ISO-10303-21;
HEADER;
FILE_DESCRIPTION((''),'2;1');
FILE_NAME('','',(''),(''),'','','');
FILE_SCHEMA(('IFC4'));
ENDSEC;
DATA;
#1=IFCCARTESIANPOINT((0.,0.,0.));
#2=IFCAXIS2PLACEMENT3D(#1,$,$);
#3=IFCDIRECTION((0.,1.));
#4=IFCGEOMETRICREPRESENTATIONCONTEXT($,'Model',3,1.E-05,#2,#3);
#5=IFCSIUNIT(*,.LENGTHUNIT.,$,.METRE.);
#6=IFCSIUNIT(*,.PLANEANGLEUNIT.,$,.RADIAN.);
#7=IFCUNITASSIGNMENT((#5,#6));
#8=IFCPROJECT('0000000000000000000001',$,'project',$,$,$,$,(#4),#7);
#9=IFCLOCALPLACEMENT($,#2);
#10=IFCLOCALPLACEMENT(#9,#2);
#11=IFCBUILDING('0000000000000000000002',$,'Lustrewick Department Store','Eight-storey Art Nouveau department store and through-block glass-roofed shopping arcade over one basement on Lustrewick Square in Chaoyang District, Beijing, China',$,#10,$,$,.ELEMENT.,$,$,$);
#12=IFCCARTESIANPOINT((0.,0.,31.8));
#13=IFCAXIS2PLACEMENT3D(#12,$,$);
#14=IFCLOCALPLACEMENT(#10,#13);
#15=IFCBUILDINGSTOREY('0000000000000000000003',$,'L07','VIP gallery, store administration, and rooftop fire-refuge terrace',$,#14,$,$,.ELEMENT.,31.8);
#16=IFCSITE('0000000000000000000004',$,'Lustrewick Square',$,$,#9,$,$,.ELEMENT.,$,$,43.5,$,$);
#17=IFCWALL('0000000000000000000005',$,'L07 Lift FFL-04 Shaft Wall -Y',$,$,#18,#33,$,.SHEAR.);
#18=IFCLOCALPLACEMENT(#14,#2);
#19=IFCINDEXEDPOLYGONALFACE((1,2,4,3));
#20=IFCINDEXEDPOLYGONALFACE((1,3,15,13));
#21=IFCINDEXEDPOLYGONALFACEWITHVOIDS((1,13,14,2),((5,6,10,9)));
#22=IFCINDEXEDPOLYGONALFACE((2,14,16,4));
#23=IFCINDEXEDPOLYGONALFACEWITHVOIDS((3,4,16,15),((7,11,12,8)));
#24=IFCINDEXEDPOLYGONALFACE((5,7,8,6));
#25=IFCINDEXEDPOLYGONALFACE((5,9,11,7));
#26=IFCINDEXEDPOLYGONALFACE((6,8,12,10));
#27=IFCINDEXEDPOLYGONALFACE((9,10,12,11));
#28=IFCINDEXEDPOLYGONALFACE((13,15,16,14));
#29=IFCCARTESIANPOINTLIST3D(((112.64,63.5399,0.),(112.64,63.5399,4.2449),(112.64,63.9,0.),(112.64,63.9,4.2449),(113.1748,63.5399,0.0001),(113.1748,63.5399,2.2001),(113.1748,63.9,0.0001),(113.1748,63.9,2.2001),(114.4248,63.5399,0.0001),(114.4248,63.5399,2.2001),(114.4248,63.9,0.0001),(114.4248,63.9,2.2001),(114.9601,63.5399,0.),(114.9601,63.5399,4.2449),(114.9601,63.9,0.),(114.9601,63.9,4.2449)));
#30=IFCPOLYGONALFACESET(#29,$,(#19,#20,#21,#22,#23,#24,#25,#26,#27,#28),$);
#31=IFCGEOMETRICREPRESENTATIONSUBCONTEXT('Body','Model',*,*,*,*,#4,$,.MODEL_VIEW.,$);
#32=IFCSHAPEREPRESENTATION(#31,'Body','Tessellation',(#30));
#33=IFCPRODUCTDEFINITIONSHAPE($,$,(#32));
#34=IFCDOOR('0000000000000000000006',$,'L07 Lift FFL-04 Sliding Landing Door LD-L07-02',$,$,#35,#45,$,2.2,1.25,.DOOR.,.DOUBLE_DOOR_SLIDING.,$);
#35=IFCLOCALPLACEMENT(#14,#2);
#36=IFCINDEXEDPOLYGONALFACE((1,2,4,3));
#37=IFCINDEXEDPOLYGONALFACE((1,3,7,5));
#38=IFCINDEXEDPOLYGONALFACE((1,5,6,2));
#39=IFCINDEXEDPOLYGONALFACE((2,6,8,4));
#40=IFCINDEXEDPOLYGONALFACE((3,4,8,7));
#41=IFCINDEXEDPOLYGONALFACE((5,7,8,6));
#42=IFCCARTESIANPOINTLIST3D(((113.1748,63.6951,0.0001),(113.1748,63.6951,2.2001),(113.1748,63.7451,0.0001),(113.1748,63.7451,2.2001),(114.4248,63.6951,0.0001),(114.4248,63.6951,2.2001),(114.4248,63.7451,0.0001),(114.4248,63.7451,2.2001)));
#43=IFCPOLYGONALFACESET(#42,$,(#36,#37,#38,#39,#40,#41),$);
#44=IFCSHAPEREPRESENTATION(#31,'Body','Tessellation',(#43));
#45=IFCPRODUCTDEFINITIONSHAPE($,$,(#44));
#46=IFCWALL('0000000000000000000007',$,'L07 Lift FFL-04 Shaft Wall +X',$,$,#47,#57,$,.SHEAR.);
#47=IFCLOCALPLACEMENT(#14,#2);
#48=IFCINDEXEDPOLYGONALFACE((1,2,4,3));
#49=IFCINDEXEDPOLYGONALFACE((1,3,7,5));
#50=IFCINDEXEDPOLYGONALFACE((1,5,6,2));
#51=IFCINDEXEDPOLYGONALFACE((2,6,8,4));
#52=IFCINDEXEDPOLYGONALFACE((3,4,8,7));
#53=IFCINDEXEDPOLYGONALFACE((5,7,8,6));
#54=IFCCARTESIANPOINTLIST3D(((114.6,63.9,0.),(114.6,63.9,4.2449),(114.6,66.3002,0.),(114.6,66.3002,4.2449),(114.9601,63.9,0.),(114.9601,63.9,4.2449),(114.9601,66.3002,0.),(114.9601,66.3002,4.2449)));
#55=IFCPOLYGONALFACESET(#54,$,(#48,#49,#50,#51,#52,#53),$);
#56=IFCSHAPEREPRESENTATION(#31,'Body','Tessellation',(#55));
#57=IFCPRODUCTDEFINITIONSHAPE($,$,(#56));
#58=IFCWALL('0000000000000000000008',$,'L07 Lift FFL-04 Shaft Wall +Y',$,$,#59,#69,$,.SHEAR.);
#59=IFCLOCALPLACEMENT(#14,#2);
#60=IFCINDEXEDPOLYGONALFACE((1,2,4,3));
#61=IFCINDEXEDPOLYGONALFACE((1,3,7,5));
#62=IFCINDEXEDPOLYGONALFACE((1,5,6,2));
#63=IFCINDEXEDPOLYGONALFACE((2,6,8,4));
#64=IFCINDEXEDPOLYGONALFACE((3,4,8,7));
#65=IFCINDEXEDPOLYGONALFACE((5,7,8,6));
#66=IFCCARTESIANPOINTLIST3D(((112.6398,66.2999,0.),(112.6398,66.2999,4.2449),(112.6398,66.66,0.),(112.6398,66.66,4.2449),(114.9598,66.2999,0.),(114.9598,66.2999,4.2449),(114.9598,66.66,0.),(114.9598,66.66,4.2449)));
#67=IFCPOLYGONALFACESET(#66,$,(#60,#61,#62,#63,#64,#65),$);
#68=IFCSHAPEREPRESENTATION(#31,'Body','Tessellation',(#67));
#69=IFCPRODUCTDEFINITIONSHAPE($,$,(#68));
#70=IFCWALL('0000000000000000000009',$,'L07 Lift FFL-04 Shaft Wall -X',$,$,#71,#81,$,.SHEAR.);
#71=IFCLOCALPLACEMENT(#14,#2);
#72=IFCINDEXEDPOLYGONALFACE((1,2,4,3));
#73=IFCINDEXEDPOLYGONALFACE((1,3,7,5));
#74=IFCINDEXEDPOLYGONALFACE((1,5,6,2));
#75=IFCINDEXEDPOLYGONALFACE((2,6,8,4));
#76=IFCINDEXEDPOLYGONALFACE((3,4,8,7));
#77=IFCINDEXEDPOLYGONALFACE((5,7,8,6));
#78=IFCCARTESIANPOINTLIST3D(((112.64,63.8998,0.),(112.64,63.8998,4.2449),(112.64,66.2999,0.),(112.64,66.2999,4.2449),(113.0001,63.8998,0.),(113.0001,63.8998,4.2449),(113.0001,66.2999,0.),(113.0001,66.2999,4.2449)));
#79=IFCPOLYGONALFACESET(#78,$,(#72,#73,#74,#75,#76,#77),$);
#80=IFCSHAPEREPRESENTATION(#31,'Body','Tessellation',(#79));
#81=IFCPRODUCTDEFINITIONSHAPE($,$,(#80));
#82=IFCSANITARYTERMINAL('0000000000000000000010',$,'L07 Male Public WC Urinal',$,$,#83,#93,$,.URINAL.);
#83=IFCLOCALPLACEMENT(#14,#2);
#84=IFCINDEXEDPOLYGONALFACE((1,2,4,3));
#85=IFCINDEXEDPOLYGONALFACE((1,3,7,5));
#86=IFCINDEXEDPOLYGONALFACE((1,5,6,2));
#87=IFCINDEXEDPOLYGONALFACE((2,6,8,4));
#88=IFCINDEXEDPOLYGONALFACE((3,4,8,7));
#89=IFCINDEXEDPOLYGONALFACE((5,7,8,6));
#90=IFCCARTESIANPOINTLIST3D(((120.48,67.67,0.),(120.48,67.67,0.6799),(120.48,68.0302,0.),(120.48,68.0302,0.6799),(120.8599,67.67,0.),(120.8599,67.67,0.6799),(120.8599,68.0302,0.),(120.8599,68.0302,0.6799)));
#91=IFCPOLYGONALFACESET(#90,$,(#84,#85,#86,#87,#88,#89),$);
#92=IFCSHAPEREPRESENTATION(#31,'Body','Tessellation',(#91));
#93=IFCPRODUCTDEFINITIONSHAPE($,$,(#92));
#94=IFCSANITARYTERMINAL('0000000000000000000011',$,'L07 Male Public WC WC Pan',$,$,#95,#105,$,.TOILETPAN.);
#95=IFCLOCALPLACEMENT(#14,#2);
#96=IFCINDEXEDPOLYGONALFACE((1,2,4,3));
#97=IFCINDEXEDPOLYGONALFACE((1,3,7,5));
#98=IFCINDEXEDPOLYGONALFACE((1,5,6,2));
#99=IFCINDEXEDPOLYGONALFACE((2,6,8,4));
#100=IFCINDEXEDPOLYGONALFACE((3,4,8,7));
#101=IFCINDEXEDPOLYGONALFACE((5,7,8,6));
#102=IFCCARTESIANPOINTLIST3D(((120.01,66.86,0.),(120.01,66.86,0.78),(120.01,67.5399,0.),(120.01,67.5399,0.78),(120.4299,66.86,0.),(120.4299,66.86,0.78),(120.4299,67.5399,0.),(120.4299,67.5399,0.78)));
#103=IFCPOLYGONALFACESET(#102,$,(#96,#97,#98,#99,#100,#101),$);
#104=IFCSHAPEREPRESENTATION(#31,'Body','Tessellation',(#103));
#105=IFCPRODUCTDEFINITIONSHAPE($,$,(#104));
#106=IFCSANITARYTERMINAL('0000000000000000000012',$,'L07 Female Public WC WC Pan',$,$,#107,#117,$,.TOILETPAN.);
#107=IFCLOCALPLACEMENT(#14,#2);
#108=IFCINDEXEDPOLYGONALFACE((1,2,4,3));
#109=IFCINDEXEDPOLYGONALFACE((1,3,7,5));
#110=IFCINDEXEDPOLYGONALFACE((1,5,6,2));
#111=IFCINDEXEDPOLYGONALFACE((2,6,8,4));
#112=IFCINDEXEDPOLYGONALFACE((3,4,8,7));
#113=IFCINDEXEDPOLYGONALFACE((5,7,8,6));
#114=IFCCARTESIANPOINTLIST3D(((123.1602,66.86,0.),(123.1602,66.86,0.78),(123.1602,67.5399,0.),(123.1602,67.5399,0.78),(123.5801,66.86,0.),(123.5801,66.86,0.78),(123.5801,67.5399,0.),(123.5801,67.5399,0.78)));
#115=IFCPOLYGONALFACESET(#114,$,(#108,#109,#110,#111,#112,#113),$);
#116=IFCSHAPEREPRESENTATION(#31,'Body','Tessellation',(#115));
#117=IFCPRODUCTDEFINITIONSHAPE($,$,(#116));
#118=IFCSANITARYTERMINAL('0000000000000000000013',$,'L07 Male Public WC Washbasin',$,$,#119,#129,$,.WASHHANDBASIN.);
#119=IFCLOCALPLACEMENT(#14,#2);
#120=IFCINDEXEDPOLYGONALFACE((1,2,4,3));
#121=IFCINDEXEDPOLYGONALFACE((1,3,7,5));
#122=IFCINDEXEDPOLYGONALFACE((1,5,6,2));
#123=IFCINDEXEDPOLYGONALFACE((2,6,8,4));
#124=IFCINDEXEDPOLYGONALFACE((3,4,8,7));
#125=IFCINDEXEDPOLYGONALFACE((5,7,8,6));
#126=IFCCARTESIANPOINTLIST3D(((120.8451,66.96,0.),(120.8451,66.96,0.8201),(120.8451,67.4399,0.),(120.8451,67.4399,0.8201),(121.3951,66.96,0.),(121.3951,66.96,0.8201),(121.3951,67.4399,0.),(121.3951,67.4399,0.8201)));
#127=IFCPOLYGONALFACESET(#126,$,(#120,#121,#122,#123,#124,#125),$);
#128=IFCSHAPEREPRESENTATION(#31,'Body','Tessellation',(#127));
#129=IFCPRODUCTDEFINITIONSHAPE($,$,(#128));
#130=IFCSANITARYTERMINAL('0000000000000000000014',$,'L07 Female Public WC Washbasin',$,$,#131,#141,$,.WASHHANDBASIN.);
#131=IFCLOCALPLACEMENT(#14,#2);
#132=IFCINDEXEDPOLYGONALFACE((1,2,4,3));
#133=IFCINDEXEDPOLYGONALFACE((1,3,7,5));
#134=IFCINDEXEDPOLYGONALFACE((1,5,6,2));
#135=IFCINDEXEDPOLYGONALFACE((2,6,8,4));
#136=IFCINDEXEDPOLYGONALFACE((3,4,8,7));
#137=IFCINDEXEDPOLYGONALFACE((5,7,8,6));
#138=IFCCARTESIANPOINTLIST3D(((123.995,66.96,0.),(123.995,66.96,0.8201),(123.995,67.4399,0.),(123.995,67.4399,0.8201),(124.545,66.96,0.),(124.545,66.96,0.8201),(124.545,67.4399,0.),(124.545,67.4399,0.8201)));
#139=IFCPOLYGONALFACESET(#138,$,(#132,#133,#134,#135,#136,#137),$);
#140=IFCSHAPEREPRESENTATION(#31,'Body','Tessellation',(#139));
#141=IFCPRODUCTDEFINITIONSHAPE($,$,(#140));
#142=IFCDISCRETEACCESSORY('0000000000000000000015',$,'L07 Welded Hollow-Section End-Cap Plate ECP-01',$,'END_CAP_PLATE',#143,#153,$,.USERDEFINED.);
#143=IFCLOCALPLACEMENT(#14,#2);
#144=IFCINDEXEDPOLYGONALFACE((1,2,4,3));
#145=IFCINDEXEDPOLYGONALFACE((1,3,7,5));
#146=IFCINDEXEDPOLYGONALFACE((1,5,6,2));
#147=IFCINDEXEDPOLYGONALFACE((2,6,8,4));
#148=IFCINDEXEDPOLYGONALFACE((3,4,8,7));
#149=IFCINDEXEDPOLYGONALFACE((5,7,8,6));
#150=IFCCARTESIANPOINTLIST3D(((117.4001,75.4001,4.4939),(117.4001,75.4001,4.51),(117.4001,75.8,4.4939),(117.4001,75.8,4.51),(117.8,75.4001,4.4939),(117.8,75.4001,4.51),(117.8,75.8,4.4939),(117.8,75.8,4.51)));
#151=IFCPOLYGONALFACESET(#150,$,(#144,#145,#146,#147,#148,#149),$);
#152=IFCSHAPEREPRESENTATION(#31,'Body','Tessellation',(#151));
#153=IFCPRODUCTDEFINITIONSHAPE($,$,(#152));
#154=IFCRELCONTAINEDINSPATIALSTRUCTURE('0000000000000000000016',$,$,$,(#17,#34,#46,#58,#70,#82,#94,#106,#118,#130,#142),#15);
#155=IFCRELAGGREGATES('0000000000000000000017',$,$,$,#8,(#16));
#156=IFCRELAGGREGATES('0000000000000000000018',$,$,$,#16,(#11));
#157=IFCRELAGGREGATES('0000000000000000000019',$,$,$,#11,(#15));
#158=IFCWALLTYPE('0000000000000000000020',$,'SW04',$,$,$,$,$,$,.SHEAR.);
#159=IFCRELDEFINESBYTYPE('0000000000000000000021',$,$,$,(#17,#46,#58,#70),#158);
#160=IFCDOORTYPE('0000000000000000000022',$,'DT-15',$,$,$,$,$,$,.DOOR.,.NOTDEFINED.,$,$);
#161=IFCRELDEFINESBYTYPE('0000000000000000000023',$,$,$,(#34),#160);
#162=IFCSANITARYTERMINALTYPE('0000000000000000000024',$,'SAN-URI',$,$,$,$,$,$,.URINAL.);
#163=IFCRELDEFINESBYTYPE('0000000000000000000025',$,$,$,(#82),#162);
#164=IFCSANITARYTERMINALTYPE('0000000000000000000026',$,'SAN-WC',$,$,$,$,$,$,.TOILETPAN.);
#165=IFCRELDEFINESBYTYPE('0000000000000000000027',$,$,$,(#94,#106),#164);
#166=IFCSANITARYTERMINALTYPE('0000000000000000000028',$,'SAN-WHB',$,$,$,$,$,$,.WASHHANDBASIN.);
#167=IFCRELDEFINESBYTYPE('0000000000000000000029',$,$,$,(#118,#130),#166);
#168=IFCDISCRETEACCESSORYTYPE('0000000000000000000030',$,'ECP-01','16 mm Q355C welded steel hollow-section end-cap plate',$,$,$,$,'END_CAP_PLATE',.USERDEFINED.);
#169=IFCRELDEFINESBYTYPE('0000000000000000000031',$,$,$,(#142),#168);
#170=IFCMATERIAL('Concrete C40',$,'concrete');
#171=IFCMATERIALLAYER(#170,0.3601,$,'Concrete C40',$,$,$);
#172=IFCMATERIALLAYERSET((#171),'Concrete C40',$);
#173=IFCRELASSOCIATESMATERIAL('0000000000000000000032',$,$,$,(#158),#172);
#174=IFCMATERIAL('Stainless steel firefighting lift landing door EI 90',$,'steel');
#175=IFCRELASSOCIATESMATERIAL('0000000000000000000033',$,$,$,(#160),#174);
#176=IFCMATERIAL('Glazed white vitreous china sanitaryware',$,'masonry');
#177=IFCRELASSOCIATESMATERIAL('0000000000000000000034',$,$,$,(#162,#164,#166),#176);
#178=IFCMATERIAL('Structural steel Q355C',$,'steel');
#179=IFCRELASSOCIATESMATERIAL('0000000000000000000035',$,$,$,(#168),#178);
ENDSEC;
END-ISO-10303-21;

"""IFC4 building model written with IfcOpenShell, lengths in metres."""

from ifc_helpers import new_model, si_unit, direction, frame, frame_2d, origin, origin_2d, place, context, subcontext, project, spatial, rectangle, extrude, material, layer, layer_set, type_object, element, fill, save


model = new_model("IFC4")

# Units and contexts
model_context = context("Model", 3, precision=1e-05, world=origin(), true_north=direction((0.0, 1.0)))
body_context = subcontext(model_context, "Body", "Model", "MODEL_VIEW")
ifc_project = project(units=[si_unit("LENGTHUNIT", "METRE"), si_unit("PLANEANGLEUNIT", "RADIAN")], contexts=[model_context])

# Site, building, storey
site_placement = place(None, origin())
site = spatial("IfcSite", under=ifc_project, at=site_placement, Name="Lustrewick Square", CompositionType="ELEMENT", RefElevation=43.5)
building_placement = place(site_placement, origin())
building = spatial("IfcBuilding", under=site, at=building_placement, Name="Lustrewick Department Store", Description="Eight-storey Art Nouveau department store and through-block glass-roofed shopping arcade over one basement on Lustrewick Square in Chaoyang District, Beijing, China", CompositionType="ELEMENT")
storey_placement = place(building_placement, frame((0.0, 0.0, 31.8)))
storey = spatial("IfcBuildingStorey", under=building, at=storey_placement, Name="L07", Description="VIP gallery, store administration, and rooftop fire-refuge terrace", CompositionType="ELEMENT", Elevation=31.8)

# Wall, opening, door
ifc_material_1 = material(Name="Concrete C40", Category="concrete")
ifc_layer_1 = layer(ifc_material_1, 0.3601, Name="Concrete C40")
ifc_layer_set_1 = layer_set([ifc_layer_1], Name="Concrete C40")
wall_type_1 = type_object("IfcWallType", Name="SW04", PredefinedType="SHEAR", material=ifc_layer_set_1)
wall_1_placement = place(storey_placement, frame((112.6399, 63.72, 0.0), z_axis=(0.0, 0.0, 1.0), x_axis=(1.0, 0.0, 0.0)))
wall_1 = element("IfcWall", 1, at=wall_1_placement, inside=storey, type_object=wall_type_1, Name="L07 Lift FFL-04 Shaft Wall -Y", PredefinedType="SHEAR", context=body_context, shape_type="SweptSolid", body=[
    extrude(rectangle(XDim=2.3201, YDim=0.3601, at=frame_2d((1.1602, 0.0))), origin(), (0.0, 0.0, 1.0), 4.2449),
])
opening_1_placement = place(wall_1_placement, frame((0.5349, 0.0, 0.0)))
opening_1 = element("IfcOpeningElement", 2, at=opening_1_placement, cuts=wall_1, PredefinedType="OPENING", context=body_context, shape_type="SweptSolid", body=[
    extrude(rectangle(XDim=1.25, YDim=2.2, at=frame_2d((0.625, 1.1001))), frame((0.0, 0.1899, 0.0), z_axis=(0.0, -1.0, 0.0), x_axis=(1.0, 0.0, 0.0)), (0.0, 0.0, 1.0), 0.3801),
])
ifc_material_2 = material(Name="Stainless steel firefighting lift landing door EI 90", Category="steel")
door_type_1 = type_object("IfcDoorType", Name="DT-15", OperationType="NOTDEFINED", PredefinedType="DOOR", material=ifc_material_2)
door_1_placement = place(opening_1_placement, frame((1.25, 0.0, 0.0), z_axis=(0.0, 0.0, 1.0), x_axis=(-1.0, 0.0, 0.0)))
door_1 = element("IfcDoor", 3, at=door_1_placement, inside=storey, type_object=door_type_1, Name="L07 Lift FFL-04 Sliding Landing Door LD-L07-02", OperationType="DOUBLE_DOOR_SLIDING", OverallHeight=2.2, OverallWidth=1.25, PredefinedType="DOOR", context=body_context, shape_type="SweptSolid", body=[
    extrude(rectangle(XDim=1.25, YDim=2.2, at=frame_2d((0.625, 1.1001))), frame((0.0, 0.0249, 0.0), z_axis=(0.0, -1.0, 0.0), x_axis=(1.0, 0.0, 0.0)), (0.0, 0.0, 1.0), 0.05),
])
fill(opening_1, door_1)

# Walls
wall_2_placement = place(storey_placement, frame((114.78, 63.8999, 0.0), z_axis=(0.0, 0.0, 1.0), x_axis=(0.0, 1.0, 0.0)))
element("IfcWall", 4, at=wall_2_placement, inside=storey, type_object=wall_type_1, Name="L07 Lift FFL-04 Shaft Wall +X", PredefinedType="SHEAR", context=body_context, shape_type="SweptSolid", body=[
    extrude(rectangle(XDim=2.4001, YDim=0.3601, at=frame_2d((1.2002, 0.0))), origin(), (0.0, 0.0, 1.0), 4.2449),
])
wall_3_placement = place(storey_placement, frame((114.96, 66.48, 0.0), z_axis=(0.0, 0.0, 1.0), x_axis=(-1.0, 0.0, 0.0)))
element("IfcWall", 5, at=wall_3_placement, inside=storey, type_object=wall_type_1, Name="L07 Lift FFL-04 Shaft Wall +Y", PredefinedType="SHEAR", context=body_context, shape_type="SweptSolid", body=[
    extrude(rectangle(XDim=2.3201, YDim=0.3601, at=frame_2d((1.1602, 0.0))), origin(), (0.0, 0.0, 1.0), 4.2449),
])
wall_4_placement = place(storey_placement, frame((112.8201, 66.3, 0.0), z_axis=(0.0, 0.0, 1.0), x_axis=(0.0, -1.0, 0.0)))
element("IfcWall", 6, at=wall_4_placement, inside=storey, type_object=wall_type_1, Name="L07 Lift FFL-04 Shaft Wall -X", PredefinedType="SHEAR", context=body_context, shape_type="SweptSolid", body=[
    extrude(rectangle(XDim=2.4001, YDim=0.3601, at=frame_2d((1.2002, 0.0))), origin(), (0.0, 0.0, 1.0), 4.2449),
])

# Sanitary terminals
ifc_material_3 = material(Name="Glazed white vitreous china sanitaryware", Category="masonry")
sanitary_terminal_type_1 = type_object("IfcSanitaryTerminalType", Name="SAN-URI", PredefinedType="URINAL", material=ifc_material_3)
sanitary_terminal_placement = place(storey_placement, frame((120.6699, 67.8501, 0.0), z_axis=(0.0, 0.0, 1.0), x_axis=(1.0, 0.0, 0.0)))
element("IfcSanitaryTerminal", 7, at=sanitary_terminal_placement, inside=storey, type_object=sanitary_terminal_type_1, Name="L07 Male Public WC Urinal", PredefinedType="URINAL", context=body_context, shape_type="SweptSolid", body=[
    extrude(rectangle(XDim=0.3799, YDim=0.3601, at=origin_2d()), origin(), (0.0, 0.0, 1.0), 0.6799),
])
sanitary_terminal_type_2 = type_object("IfcSanitaryTerminalType", Name="SAN-WC", PredefinedType="TOILETPAN", material=ifc_material_3)
for number, where, z_axis, x_axis, name in (
    (8, (120.22, 67.2, 0.0), (0.0, 0.0, 1.0), (1.0, 0.0, 0.0), "L07 Male Public WC WC Pan"),
    (9, (123.3701, 67.2, 0.0), (0.0, 0.0, 1.0), (1.0, 0.0, 0.0), "L07 Female Public WC WC Pan"),
):
    element("IfcSanitaryTerminal", number, at=place(storey_placement, frame(where, z_axis=z_axis, x_axis=x_axis)), inside=storey, type_object=sanitary_terminal_type_2, Name=name, PredefinedType="TOILETPAN", context=body_context, shape_type="SweptSolid", body=[
        extrude(rectangle(XDim=0.4199, YDim=0.6799, at=origin_2d()), origin(), (0.0, 0.0, 1.0), 0.78),
    ])
sanitary_terminal_type_3 = type_object("IfcSanitaryTerminalType", Name="SAN-WHB", PredefinedType="WASHHANDBASIN", material=ifc_material_3)
for number, where, z_axis, x_axis, name in (
    (10, (121.1201, 67.2, 0.0), (0.0, 0.0, 1.0), (1.0, 0.0, 0.0), "L07 Male Public WC Washbasin"),
    (11, (124.27, 67.2, 0.0), (0.0, 0.0, 1.0), (1.0, 0.0, 0.0), "L07 Female Public WC Washbasin"),
):
    element("IfcSanitaryTerminal", number, at=place(storey_placement, frame(where, z_axis=z_axis, x_axis=x_axis)), inside=storey, type_object=sanitary_terminal_type_3, Name=name, PredefinedType="WASHHANDBASIN", context=body_context, shape_type="SweptSolid", body=[
        extrude(rectangle(XDim=0.55, YDim=0.48, at=origin_2d()), origin(), (0.0, 0.0, 1.0), 0.8201),
    ])

# Discrete accessory
ifc_material_4 = material(Name="Structural steel Q355C", Category="steel")
discrete_accessory_type = type_object("IfcDiscreteAccessoryType", Name="ECP-01", Description="16 mm Q355C welded steel hollow-section end-cap plate", ElementType="END_CAP_PLATE", PredefinedType="USERDEFINED", material=ifc_material_4)
discrete_accessory_placement = place(storey_placement, frame((117.6001, 75.6001, 4.4939), z_axis=(0.0, 0.0, 1.0), x_axis=(1.0, 0.0, 0.0)))
element("IfcDiscreteAccessory", 12, at=discrete_accessory_placement, inside=storey, type_object=discrete_accessory_type, Name="L07 Welded Hollow-Section End-Cap Plate ECP-01", ObjectType="END_CAP_PLATE", PredefinedType="USERDEFINED", context=body_context, shape_type="SweptSolid", body=[
    extrude(rectangle(XDim=0.3999, YDim=0.3999, at=origin_2d()), origin(), (0.0, 0.0, 1.0), 0.0161),
])

save(model, "model.ifc")
